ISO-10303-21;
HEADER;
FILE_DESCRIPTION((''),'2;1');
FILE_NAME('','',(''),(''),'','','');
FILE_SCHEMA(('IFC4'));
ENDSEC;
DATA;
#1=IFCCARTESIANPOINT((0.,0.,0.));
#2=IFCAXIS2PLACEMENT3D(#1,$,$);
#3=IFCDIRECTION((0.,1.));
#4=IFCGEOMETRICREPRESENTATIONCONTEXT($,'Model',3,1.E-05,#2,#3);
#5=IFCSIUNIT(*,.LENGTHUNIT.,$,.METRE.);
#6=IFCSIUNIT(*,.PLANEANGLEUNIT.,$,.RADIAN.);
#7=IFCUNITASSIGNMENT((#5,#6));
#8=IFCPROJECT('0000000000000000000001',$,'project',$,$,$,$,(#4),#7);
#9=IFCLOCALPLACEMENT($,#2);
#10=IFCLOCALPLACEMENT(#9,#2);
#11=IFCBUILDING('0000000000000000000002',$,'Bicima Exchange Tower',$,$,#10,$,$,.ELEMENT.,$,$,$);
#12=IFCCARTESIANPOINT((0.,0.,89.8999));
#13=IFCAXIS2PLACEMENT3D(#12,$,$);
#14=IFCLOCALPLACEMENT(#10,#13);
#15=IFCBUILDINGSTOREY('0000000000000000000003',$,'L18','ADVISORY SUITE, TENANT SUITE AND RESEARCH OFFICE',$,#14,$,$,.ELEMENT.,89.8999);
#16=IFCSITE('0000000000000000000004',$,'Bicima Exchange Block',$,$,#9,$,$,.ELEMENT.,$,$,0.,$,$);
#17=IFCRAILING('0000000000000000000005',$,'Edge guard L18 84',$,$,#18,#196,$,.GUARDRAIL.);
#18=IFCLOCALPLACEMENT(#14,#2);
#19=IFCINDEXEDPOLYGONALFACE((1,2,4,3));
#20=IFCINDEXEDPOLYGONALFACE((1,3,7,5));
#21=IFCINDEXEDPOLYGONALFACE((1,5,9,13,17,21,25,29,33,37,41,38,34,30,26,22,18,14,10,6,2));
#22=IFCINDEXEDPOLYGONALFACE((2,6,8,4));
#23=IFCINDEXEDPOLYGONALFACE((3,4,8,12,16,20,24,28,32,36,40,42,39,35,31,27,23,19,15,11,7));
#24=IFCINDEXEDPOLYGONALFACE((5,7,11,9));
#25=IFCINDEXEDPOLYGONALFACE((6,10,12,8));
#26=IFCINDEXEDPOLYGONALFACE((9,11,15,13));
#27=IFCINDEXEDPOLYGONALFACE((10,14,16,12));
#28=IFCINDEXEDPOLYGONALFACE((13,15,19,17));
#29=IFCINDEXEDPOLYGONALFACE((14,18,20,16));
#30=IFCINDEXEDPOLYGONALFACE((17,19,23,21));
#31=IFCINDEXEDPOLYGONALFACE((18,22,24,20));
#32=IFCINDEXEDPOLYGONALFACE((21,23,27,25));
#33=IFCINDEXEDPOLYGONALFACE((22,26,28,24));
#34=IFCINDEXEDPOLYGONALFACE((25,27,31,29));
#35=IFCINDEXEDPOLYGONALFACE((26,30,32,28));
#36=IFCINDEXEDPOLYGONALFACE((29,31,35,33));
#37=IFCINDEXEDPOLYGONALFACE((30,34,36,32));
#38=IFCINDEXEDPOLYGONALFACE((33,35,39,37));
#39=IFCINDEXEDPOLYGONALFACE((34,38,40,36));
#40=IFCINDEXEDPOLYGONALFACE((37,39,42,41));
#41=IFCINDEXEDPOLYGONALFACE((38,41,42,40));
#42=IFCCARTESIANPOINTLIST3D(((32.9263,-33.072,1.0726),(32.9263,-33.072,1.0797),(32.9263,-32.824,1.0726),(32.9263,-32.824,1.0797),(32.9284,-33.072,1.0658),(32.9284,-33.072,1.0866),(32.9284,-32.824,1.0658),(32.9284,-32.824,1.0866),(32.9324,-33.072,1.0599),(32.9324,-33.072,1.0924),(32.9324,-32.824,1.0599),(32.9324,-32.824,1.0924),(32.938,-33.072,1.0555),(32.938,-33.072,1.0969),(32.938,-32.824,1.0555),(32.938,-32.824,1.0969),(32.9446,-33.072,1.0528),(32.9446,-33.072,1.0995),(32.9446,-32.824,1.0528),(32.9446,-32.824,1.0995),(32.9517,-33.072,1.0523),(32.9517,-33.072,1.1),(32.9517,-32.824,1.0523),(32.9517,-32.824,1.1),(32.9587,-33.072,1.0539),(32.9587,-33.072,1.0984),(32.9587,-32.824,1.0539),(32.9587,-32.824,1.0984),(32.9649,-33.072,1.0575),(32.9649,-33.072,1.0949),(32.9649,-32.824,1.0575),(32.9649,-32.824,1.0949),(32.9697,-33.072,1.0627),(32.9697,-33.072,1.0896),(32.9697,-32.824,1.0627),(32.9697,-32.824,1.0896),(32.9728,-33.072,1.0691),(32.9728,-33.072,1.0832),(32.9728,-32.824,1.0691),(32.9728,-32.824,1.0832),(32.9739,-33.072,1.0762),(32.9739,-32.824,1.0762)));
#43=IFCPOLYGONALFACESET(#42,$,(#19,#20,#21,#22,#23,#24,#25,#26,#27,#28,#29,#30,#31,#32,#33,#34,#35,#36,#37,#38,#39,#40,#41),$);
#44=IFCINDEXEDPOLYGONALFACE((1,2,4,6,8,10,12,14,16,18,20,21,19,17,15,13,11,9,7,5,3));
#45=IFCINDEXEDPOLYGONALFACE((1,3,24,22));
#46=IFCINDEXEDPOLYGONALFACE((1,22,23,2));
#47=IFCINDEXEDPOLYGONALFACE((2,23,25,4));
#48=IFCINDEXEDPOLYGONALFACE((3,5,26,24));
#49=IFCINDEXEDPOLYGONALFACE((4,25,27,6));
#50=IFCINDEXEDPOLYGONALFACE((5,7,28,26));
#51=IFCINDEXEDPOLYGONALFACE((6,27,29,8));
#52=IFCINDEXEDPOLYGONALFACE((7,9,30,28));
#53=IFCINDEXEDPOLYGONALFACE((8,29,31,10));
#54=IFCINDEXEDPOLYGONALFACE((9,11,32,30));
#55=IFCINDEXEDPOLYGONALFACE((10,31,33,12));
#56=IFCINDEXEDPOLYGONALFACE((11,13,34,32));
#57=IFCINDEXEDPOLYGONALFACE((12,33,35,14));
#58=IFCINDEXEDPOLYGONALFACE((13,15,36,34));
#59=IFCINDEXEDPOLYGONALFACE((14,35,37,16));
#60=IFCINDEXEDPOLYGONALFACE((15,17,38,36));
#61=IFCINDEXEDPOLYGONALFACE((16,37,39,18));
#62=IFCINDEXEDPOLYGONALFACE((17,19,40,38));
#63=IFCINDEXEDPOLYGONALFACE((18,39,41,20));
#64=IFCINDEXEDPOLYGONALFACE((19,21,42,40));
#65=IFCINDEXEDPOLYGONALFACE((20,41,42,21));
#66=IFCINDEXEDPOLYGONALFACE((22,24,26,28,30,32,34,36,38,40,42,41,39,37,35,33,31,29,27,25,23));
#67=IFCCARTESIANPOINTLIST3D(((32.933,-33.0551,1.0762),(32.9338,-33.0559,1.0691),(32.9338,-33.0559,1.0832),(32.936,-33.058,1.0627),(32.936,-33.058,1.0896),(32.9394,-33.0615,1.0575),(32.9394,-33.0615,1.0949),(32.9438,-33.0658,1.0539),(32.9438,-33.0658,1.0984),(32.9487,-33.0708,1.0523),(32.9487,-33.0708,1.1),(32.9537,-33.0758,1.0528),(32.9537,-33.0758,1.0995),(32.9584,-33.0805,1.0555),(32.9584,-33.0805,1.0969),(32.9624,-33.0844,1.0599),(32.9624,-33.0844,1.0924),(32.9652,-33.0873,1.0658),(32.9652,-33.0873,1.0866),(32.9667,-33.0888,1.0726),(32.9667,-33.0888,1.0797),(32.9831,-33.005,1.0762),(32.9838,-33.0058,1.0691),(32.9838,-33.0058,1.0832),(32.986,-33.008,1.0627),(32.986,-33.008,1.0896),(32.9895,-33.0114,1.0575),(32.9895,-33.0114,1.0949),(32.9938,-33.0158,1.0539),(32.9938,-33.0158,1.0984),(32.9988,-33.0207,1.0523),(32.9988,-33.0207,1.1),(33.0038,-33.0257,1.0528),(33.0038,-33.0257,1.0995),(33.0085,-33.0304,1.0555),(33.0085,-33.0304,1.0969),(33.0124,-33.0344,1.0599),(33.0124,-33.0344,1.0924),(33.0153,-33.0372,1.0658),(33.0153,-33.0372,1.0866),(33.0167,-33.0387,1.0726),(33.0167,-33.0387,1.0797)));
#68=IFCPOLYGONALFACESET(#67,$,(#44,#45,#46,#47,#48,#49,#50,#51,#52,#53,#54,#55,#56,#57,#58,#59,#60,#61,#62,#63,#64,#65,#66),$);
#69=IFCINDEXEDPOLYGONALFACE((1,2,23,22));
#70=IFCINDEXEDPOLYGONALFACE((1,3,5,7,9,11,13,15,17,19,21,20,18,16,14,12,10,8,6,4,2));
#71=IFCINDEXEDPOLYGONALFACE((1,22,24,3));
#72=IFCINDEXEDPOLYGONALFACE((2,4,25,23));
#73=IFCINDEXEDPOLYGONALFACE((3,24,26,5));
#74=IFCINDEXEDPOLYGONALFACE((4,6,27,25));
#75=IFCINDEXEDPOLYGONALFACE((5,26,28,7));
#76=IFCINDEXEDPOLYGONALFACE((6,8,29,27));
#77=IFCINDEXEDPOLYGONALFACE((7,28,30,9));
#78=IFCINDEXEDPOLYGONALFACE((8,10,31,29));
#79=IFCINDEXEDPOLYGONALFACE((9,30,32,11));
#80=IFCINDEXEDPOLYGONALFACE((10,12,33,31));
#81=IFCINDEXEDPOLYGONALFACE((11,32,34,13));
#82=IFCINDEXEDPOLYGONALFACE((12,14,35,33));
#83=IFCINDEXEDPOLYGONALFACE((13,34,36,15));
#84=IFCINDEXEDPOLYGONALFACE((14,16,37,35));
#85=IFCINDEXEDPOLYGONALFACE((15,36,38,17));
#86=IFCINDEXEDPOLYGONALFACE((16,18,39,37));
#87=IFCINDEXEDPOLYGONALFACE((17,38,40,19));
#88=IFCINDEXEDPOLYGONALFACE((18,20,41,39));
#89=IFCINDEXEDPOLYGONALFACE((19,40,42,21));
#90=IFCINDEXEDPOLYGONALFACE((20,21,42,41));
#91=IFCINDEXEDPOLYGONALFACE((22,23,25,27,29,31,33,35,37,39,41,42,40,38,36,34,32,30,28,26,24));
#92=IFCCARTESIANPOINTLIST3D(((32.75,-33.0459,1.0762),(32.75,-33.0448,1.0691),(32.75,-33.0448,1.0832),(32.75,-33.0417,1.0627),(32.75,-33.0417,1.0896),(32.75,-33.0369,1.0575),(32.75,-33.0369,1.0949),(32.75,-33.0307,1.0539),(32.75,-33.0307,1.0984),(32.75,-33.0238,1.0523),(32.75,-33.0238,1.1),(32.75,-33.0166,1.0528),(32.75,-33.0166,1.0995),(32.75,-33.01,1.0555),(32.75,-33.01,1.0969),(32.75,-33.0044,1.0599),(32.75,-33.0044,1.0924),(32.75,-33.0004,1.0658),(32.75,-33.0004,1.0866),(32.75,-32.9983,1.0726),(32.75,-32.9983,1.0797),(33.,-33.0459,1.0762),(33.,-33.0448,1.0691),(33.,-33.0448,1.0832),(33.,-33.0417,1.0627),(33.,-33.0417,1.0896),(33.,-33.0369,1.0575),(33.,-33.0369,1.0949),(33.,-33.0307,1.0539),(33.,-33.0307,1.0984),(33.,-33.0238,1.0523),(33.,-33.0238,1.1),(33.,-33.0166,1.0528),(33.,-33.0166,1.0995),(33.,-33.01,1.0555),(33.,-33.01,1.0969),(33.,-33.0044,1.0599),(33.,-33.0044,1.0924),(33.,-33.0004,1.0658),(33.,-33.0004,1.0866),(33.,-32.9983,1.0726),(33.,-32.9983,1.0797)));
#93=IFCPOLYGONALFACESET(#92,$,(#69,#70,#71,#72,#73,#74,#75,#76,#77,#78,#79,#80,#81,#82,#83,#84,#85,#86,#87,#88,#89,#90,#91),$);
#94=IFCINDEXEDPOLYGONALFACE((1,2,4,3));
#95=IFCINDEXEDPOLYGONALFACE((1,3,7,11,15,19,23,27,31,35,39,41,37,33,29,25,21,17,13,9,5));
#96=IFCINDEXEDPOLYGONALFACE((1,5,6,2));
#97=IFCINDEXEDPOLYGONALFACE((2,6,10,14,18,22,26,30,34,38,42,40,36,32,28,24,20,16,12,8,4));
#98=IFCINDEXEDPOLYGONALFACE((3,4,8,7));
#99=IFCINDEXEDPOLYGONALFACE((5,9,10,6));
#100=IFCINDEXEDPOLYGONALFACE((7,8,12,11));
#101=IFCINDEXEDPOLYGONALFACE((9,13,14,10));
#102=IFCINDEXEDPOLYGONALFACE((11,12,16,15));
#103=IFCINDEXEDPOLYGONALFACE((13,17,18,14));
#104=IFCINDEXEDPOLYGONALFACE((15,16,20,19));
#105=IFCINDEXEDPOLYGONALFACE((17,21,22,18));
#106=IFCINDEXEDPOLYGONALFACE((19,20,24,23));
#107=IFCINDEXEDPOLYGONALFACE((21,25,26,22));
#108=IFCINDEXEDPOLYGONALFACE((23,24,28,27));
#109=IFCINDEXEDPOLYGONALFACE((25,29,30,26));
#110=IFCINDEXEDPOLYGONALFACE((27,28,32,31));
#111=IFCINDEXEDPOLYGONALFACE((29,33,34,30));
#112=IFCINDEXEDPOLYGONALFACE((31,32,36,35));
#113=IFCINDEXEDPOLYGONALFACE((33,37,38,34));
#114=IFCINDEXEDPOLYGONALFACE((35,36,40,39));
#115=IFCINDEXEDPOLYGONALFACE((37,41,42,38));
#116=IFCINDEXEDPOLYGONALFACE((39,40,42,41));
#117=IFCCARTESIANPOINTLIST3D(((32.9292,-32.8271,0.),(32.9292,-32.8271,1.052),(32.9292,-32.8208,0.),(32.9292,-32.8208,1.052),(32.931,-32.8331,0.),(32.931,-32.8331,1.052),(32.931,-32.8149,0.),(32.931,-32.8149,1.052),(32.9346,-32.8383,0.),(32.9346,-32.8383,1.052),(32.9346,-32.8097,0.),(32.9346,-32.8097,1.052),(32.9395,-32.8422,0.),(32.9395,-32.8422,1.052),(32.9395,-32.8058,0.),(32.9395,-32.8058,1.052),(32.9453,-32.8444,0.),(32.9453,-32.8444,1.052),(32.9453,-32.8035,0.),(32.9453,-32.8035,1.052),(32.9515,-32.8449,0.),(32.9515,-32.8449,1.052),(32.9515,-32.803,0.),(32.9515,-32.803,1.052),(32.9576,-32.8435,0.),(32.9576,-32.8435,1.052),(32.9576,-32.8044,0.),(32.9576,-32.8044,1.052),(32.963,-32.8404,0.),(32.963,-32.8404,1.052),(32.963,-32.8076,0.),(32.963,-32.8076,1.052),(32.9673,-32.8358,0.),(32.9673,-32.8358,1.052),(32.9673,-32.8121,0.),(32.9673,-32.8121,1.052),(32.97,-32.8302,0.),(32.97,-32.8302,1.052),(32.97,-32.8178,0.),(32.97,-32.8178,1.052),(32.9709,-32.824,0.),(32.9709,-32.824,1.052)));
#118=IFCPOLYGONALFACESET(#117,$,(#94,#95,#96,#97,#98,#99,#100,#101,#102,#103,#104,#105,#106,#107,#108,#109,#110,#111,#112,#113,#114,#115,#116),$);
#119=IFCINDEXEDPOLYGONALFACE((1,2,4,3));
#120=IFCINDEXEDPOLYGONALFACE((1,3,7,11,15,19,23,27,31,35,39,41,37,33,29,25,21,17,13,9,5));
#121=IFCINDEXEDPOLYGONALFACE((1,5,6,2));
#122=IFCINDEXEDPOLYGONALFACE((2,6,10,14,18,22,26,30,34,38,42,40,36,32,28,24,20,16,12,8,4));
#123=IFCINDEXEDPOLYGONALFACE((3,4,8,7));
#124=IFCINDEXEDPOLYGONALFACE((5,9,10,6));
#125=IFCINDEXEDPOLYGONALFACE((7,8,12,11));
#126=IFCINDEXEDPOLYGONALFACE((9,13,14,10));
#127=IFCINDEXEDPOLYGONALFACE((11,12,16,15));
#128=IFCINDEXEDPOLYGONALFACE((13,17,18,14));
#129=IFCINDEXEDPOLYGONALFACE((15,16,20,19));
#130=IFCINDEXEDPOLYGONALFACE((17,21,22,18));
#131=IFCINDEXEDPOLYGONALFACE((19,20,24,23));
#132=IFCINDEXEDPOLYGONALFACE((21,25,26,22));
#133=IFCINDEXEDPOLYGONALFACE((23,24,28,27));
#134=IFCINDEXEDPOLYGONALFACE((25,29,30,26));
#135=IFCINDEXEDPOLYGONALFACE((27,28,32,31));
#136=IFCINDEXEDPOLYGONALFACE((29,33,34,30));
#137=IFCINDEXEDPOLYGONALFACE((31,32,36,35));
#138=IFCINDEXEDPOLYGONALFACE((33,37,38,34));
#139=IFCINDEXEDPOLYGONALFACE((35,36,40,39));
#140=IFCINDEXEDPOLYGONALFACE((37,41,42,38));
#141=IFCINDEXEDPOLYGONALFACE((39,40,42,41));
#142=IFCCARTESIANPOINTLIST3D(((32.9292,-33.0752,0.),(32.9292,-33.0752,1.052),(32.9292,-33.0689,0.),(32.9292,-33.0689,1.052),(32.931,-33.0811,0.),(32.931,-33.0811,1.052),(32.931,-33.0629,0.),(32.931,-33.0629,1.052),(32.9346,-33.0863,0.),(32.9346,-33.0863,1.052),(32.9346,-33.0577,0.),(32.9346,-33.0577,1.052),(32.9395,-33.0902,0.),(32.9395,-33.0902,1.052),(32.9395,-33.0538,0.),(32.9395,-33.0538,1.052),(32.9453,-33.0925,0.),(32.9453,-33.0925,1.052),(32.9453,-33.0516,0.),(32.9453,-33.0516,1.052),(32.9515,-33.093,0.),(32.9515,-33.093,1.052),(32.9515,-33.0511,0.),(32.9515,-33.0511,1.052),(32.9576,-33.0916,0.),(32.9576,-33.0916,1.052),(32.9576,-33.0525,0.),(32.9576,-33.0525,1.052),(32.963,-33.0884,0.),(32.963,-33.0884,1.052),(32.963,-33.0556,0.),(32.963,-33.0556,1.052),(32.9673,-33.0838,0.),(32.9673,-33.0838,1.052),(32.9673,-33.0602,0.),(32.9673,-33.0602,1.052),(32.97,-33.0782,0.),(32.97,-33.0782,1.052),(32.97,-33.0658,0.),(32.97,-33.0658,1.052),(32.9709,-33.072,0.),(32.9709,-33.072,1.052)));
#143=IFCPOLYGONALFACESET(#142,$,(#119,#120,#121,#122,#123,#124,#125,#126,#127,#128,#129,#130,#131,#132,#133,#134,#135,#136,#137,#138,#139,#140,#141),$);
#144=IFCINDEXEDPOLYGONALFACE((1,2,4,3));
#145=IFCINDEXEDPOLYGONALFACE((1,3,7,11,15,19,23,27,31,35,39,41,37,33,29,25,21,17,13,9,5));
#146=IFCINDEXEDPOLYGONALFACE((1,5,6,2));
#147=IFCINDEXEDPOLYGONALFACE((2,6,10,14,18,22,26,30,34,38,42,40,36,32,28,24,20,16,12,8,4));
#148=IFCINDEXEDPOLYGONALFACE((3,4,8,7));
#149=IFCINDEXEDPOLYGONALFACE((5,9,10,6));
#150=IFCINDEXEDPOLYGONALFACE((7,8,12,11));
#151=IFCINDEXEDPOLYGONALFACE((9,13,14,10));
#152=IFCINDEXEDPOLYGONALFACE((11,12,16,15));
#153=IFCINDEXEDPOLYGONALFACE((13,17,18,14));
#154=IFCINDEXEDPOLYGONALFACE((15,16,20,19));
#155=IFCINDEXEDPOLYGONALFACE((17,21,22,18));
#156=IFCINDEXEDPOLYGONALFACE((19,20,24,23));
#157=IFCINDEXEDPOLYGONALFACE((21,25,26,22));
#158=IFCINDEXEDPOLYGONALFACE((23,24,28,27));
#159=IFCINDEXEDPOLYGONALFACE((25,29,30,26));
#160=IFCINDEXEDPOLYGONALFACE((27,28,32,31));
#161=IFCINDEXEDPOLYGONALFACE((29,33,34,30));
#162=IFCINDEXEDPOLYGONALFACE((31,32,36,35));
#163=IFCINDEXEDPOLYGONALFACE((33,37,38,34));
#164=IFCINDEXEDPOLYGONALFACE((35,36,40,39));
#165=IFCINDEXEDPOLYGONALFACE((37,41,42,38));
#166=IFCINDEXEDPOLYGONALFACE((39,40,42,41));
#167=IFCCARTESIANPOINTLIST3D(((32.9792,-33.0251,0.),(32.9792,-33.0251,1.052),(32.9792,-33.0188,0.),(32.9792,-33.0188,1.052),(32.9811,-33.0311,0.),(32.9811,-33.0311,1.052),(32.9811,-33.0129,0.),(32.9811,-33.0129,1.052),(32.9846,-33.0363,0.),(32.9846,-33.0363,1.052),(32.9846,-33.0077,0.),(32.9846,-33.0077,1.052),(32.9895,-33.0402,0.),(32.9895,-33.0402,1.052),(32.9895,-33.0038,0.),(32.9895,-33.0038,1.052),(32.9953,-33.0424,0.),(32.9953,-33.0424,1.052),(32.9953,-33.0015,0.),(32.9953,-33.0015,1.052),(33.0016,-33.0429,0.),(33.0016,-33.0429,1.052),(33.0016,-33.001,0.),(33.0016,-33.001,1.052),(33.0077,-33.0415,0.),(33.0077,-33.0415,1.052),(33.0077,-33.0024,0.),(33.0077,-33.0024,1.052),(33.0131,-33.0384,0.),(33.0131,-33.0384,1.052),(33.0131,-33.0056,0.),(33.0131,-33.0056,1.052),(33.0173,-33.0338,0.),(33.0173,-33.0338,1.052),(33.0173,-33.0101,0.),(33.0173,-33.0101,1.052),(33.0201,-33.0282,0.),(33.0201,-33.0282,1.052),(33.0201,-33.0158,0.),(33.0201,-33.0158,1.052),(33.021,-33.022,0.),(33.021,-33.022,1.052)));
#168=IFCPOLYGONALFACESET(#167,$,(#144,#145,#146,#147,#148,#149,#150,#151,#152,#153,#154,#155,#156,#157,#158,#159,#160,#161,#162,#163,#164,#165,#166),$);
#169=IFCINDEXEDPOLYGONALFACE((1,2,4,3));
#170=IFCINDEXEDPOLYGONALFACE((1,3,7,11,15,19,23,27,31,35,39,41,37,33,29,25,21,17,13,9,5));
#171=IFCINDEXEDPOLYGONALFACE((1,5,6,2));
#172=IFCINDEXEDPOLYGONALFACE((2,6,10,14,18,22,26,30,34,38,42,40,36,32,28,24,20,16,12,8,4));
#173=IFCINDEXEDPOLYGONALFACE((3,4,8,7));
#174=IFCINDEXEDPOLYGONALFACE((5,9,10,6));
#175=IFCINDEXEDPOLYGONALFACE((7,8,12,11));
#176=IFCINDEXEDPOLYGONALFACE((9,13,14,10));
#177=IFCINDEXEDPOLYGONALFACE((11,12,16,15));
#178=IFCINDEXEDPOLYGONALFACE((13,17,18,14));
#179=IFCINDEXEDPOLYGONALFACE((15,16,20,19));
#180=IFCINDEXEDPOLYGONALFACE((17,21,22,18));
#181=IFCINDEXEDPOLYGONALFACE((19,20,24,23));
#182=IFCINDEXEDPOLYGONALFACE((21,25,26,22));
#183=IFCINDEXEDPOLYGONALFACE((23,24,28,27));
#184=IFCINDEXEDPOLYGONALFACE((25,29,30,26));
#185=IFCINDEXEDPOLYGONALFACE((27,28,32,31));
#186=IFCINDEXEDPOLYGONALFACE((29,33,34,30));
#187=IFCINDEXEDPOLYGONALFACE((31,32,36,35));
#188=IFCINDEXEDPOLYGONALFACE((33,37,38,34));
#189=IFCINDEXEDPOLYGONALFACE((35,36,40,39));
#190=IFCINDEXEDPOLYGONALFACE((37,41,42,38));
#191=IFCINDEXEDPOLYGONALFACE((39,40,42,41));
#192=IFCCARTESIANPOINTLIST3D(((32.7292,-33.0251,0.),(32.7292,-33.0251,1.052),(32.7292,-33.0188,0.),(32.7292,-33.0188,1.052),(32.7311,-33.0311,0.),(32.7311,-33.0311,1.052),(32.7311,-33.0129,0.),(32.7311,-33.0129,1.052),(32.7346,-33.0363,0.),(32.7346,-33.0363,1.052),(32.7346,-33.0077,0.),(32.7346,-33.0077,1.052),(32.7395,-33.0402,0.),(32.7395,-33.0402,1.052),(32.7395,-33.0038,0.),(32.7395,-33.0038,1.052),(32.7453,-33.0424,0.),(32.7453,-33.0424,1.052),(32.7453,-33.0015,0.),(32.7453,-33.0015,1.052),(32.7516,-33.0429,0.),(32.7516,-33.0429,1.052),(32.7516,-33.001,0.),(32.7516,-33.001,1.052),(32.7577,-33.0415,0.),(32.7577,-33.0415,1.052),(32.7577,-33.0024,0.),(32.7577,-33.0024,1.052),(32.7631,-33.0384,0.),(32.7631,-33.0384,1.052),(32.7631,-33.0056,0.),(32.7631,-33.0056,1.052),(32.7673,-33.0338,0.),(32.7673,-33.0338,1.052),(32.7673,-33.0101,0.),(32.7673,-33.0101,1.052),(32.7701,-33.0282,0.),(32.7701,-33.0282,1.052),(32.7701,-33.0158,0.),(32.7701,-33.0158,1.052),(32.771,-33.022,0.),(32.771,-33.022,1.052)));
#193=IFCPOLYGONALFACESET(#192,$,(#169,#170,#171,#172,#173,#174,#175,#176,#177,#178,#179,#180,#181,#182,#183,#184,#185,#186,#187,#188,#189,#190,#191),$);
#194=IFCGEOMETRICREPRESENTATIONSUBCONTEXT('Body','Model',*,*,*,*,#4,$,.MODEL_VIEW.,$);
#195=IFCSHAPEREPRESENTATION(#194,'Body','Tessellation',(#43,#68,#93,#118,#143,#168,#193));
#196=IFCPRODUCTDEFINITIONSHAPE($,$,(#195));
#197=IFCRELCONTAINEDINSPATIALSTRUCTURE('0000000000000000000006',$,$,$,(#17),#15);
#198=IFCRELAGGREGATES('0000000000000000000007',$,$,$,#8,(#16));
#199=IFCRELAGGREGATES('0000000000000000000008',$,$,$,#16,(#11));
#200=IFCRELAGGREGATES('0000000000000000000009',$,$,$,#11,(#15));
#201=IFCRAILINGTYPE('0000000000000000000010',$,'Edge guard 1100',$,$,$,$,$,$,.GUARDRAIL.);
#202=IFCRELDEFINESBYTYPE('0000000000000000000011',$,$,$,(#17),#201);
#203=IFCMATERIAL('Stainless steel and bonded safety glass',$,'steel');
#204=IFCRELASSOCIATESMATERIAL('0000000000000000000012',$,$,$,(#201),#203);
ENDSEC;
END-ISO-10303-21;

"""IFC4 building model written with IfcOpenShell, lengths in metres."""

from ifc_helpers import new_model, si_unit, direction, frame, origin, origin_2d, place, context, subcontext, project, spatial, circle, extrude, material, type_object, element, save


model = new_model("IFC4")

# Units and contexts
model_context = context("Model", 3, precision=1e-05, world=origin(), true_north=direction((0.0, 1.0)))
body_context = subcontext(model_context, "Body", "Model", "MODEL_VIEW")
ifc_project = project(units=[si_unit("LENGTHUNIT", "METRE"), si_unit("PLANEANGLEUNIT", "RADIAN")], contexts=[model_context])

# Site, building, storey
site_placement = place(None, origin())
site = spatial("IfcSite", under=ifc_project, at=site_placement, Name="Bicima Exchange Block", CompositionType="ELEMENT", RefElevation=0.0)
building_placement = place(site_placement, origin())
building = spatial("IfcBuilding", under=site, at=building_placement, Name="Bicima Exchange Tower", CompositionType="ELEMENT")
storey_placement = place(building_placement, frame((0.0, 0.0, 89.8999)))
storey = spatial("IfcBuildingStorey", under=building, at=storey_placement, Name="L18", Description="ADVISORY SUITE, TENANT SUITE AND RESEARCH OFFICE", CompositionType="ELEMENT", Elevation=89.8999)

# Railing
ifc_material_1 = material(Name="Stainless steel and bonded safety glass", Category="steel")
railing_type = type_object("IfcRailingType", Name="Edge guard 1100", PredefinedType="GUARDRAIL", material=ifc_material_1)
railing_1_placement = place(storey_placement, frame((32.95, -32.824, 0.0)))
element("IfcRailing", 1, at=railing_1_placement, inside=storey, type_object=railing_type, Name="Edge guard L18 84", PredefinedType="GUARDRAIL", context=body_context, shape_type="SweptSolid", body=[
    extrude(circle(Radius=0.0239, at=origin_2d()), frame((0.0, 0.0, 1.0762), z_axis=(0.0, -1.0, 0.0), x_axis=(1.0, 0.0, 0.0)), (0.0, 0.0, 1.0), 0.248),
    extrude(circle(Radius=0.0239, at=origin_2d()), frame((0.0, -0.248, 1.0762), z_axis=(0.707107, 0.707107, 0.0), x_axis=(-0.707107, 0.707107, 0.0)), (0.0, 0.0, 1.0), 0.0708),
    extrude(circle(Radius=0.0239, at=origin_2d()), frame((0.05, -0.198, 1.0762), z_axis=(-1.0, 0.0, 0.0), x_axis=(0.0, -1.0, 0.0)), (0.0, 0.0, 1.0), 0.25),
    extrude(circle(Radius=0.021, at=origin_2d()), origin(), (0.0, 0.0, 1.0), 1.052),
    extrude(circle(Radius=0.021, at=origin_2d()), frame((0.0, -0.248, 0.0)), (0.0, 0.0, 1.0), 1.052),
    extrude(circle(Radius=0.021, at=origin_2d()), frame((0.05, -0.198, 0.0)), (0.0, 0.0, 1.0), 1.052),
    extrude(circle(Radius=0.021, at=origin_2d()), frame((-0.2, -0.198, 0.0)), (0.0, 0.0, 1.0), 1.052),
])

save(model, "model.ifc")
